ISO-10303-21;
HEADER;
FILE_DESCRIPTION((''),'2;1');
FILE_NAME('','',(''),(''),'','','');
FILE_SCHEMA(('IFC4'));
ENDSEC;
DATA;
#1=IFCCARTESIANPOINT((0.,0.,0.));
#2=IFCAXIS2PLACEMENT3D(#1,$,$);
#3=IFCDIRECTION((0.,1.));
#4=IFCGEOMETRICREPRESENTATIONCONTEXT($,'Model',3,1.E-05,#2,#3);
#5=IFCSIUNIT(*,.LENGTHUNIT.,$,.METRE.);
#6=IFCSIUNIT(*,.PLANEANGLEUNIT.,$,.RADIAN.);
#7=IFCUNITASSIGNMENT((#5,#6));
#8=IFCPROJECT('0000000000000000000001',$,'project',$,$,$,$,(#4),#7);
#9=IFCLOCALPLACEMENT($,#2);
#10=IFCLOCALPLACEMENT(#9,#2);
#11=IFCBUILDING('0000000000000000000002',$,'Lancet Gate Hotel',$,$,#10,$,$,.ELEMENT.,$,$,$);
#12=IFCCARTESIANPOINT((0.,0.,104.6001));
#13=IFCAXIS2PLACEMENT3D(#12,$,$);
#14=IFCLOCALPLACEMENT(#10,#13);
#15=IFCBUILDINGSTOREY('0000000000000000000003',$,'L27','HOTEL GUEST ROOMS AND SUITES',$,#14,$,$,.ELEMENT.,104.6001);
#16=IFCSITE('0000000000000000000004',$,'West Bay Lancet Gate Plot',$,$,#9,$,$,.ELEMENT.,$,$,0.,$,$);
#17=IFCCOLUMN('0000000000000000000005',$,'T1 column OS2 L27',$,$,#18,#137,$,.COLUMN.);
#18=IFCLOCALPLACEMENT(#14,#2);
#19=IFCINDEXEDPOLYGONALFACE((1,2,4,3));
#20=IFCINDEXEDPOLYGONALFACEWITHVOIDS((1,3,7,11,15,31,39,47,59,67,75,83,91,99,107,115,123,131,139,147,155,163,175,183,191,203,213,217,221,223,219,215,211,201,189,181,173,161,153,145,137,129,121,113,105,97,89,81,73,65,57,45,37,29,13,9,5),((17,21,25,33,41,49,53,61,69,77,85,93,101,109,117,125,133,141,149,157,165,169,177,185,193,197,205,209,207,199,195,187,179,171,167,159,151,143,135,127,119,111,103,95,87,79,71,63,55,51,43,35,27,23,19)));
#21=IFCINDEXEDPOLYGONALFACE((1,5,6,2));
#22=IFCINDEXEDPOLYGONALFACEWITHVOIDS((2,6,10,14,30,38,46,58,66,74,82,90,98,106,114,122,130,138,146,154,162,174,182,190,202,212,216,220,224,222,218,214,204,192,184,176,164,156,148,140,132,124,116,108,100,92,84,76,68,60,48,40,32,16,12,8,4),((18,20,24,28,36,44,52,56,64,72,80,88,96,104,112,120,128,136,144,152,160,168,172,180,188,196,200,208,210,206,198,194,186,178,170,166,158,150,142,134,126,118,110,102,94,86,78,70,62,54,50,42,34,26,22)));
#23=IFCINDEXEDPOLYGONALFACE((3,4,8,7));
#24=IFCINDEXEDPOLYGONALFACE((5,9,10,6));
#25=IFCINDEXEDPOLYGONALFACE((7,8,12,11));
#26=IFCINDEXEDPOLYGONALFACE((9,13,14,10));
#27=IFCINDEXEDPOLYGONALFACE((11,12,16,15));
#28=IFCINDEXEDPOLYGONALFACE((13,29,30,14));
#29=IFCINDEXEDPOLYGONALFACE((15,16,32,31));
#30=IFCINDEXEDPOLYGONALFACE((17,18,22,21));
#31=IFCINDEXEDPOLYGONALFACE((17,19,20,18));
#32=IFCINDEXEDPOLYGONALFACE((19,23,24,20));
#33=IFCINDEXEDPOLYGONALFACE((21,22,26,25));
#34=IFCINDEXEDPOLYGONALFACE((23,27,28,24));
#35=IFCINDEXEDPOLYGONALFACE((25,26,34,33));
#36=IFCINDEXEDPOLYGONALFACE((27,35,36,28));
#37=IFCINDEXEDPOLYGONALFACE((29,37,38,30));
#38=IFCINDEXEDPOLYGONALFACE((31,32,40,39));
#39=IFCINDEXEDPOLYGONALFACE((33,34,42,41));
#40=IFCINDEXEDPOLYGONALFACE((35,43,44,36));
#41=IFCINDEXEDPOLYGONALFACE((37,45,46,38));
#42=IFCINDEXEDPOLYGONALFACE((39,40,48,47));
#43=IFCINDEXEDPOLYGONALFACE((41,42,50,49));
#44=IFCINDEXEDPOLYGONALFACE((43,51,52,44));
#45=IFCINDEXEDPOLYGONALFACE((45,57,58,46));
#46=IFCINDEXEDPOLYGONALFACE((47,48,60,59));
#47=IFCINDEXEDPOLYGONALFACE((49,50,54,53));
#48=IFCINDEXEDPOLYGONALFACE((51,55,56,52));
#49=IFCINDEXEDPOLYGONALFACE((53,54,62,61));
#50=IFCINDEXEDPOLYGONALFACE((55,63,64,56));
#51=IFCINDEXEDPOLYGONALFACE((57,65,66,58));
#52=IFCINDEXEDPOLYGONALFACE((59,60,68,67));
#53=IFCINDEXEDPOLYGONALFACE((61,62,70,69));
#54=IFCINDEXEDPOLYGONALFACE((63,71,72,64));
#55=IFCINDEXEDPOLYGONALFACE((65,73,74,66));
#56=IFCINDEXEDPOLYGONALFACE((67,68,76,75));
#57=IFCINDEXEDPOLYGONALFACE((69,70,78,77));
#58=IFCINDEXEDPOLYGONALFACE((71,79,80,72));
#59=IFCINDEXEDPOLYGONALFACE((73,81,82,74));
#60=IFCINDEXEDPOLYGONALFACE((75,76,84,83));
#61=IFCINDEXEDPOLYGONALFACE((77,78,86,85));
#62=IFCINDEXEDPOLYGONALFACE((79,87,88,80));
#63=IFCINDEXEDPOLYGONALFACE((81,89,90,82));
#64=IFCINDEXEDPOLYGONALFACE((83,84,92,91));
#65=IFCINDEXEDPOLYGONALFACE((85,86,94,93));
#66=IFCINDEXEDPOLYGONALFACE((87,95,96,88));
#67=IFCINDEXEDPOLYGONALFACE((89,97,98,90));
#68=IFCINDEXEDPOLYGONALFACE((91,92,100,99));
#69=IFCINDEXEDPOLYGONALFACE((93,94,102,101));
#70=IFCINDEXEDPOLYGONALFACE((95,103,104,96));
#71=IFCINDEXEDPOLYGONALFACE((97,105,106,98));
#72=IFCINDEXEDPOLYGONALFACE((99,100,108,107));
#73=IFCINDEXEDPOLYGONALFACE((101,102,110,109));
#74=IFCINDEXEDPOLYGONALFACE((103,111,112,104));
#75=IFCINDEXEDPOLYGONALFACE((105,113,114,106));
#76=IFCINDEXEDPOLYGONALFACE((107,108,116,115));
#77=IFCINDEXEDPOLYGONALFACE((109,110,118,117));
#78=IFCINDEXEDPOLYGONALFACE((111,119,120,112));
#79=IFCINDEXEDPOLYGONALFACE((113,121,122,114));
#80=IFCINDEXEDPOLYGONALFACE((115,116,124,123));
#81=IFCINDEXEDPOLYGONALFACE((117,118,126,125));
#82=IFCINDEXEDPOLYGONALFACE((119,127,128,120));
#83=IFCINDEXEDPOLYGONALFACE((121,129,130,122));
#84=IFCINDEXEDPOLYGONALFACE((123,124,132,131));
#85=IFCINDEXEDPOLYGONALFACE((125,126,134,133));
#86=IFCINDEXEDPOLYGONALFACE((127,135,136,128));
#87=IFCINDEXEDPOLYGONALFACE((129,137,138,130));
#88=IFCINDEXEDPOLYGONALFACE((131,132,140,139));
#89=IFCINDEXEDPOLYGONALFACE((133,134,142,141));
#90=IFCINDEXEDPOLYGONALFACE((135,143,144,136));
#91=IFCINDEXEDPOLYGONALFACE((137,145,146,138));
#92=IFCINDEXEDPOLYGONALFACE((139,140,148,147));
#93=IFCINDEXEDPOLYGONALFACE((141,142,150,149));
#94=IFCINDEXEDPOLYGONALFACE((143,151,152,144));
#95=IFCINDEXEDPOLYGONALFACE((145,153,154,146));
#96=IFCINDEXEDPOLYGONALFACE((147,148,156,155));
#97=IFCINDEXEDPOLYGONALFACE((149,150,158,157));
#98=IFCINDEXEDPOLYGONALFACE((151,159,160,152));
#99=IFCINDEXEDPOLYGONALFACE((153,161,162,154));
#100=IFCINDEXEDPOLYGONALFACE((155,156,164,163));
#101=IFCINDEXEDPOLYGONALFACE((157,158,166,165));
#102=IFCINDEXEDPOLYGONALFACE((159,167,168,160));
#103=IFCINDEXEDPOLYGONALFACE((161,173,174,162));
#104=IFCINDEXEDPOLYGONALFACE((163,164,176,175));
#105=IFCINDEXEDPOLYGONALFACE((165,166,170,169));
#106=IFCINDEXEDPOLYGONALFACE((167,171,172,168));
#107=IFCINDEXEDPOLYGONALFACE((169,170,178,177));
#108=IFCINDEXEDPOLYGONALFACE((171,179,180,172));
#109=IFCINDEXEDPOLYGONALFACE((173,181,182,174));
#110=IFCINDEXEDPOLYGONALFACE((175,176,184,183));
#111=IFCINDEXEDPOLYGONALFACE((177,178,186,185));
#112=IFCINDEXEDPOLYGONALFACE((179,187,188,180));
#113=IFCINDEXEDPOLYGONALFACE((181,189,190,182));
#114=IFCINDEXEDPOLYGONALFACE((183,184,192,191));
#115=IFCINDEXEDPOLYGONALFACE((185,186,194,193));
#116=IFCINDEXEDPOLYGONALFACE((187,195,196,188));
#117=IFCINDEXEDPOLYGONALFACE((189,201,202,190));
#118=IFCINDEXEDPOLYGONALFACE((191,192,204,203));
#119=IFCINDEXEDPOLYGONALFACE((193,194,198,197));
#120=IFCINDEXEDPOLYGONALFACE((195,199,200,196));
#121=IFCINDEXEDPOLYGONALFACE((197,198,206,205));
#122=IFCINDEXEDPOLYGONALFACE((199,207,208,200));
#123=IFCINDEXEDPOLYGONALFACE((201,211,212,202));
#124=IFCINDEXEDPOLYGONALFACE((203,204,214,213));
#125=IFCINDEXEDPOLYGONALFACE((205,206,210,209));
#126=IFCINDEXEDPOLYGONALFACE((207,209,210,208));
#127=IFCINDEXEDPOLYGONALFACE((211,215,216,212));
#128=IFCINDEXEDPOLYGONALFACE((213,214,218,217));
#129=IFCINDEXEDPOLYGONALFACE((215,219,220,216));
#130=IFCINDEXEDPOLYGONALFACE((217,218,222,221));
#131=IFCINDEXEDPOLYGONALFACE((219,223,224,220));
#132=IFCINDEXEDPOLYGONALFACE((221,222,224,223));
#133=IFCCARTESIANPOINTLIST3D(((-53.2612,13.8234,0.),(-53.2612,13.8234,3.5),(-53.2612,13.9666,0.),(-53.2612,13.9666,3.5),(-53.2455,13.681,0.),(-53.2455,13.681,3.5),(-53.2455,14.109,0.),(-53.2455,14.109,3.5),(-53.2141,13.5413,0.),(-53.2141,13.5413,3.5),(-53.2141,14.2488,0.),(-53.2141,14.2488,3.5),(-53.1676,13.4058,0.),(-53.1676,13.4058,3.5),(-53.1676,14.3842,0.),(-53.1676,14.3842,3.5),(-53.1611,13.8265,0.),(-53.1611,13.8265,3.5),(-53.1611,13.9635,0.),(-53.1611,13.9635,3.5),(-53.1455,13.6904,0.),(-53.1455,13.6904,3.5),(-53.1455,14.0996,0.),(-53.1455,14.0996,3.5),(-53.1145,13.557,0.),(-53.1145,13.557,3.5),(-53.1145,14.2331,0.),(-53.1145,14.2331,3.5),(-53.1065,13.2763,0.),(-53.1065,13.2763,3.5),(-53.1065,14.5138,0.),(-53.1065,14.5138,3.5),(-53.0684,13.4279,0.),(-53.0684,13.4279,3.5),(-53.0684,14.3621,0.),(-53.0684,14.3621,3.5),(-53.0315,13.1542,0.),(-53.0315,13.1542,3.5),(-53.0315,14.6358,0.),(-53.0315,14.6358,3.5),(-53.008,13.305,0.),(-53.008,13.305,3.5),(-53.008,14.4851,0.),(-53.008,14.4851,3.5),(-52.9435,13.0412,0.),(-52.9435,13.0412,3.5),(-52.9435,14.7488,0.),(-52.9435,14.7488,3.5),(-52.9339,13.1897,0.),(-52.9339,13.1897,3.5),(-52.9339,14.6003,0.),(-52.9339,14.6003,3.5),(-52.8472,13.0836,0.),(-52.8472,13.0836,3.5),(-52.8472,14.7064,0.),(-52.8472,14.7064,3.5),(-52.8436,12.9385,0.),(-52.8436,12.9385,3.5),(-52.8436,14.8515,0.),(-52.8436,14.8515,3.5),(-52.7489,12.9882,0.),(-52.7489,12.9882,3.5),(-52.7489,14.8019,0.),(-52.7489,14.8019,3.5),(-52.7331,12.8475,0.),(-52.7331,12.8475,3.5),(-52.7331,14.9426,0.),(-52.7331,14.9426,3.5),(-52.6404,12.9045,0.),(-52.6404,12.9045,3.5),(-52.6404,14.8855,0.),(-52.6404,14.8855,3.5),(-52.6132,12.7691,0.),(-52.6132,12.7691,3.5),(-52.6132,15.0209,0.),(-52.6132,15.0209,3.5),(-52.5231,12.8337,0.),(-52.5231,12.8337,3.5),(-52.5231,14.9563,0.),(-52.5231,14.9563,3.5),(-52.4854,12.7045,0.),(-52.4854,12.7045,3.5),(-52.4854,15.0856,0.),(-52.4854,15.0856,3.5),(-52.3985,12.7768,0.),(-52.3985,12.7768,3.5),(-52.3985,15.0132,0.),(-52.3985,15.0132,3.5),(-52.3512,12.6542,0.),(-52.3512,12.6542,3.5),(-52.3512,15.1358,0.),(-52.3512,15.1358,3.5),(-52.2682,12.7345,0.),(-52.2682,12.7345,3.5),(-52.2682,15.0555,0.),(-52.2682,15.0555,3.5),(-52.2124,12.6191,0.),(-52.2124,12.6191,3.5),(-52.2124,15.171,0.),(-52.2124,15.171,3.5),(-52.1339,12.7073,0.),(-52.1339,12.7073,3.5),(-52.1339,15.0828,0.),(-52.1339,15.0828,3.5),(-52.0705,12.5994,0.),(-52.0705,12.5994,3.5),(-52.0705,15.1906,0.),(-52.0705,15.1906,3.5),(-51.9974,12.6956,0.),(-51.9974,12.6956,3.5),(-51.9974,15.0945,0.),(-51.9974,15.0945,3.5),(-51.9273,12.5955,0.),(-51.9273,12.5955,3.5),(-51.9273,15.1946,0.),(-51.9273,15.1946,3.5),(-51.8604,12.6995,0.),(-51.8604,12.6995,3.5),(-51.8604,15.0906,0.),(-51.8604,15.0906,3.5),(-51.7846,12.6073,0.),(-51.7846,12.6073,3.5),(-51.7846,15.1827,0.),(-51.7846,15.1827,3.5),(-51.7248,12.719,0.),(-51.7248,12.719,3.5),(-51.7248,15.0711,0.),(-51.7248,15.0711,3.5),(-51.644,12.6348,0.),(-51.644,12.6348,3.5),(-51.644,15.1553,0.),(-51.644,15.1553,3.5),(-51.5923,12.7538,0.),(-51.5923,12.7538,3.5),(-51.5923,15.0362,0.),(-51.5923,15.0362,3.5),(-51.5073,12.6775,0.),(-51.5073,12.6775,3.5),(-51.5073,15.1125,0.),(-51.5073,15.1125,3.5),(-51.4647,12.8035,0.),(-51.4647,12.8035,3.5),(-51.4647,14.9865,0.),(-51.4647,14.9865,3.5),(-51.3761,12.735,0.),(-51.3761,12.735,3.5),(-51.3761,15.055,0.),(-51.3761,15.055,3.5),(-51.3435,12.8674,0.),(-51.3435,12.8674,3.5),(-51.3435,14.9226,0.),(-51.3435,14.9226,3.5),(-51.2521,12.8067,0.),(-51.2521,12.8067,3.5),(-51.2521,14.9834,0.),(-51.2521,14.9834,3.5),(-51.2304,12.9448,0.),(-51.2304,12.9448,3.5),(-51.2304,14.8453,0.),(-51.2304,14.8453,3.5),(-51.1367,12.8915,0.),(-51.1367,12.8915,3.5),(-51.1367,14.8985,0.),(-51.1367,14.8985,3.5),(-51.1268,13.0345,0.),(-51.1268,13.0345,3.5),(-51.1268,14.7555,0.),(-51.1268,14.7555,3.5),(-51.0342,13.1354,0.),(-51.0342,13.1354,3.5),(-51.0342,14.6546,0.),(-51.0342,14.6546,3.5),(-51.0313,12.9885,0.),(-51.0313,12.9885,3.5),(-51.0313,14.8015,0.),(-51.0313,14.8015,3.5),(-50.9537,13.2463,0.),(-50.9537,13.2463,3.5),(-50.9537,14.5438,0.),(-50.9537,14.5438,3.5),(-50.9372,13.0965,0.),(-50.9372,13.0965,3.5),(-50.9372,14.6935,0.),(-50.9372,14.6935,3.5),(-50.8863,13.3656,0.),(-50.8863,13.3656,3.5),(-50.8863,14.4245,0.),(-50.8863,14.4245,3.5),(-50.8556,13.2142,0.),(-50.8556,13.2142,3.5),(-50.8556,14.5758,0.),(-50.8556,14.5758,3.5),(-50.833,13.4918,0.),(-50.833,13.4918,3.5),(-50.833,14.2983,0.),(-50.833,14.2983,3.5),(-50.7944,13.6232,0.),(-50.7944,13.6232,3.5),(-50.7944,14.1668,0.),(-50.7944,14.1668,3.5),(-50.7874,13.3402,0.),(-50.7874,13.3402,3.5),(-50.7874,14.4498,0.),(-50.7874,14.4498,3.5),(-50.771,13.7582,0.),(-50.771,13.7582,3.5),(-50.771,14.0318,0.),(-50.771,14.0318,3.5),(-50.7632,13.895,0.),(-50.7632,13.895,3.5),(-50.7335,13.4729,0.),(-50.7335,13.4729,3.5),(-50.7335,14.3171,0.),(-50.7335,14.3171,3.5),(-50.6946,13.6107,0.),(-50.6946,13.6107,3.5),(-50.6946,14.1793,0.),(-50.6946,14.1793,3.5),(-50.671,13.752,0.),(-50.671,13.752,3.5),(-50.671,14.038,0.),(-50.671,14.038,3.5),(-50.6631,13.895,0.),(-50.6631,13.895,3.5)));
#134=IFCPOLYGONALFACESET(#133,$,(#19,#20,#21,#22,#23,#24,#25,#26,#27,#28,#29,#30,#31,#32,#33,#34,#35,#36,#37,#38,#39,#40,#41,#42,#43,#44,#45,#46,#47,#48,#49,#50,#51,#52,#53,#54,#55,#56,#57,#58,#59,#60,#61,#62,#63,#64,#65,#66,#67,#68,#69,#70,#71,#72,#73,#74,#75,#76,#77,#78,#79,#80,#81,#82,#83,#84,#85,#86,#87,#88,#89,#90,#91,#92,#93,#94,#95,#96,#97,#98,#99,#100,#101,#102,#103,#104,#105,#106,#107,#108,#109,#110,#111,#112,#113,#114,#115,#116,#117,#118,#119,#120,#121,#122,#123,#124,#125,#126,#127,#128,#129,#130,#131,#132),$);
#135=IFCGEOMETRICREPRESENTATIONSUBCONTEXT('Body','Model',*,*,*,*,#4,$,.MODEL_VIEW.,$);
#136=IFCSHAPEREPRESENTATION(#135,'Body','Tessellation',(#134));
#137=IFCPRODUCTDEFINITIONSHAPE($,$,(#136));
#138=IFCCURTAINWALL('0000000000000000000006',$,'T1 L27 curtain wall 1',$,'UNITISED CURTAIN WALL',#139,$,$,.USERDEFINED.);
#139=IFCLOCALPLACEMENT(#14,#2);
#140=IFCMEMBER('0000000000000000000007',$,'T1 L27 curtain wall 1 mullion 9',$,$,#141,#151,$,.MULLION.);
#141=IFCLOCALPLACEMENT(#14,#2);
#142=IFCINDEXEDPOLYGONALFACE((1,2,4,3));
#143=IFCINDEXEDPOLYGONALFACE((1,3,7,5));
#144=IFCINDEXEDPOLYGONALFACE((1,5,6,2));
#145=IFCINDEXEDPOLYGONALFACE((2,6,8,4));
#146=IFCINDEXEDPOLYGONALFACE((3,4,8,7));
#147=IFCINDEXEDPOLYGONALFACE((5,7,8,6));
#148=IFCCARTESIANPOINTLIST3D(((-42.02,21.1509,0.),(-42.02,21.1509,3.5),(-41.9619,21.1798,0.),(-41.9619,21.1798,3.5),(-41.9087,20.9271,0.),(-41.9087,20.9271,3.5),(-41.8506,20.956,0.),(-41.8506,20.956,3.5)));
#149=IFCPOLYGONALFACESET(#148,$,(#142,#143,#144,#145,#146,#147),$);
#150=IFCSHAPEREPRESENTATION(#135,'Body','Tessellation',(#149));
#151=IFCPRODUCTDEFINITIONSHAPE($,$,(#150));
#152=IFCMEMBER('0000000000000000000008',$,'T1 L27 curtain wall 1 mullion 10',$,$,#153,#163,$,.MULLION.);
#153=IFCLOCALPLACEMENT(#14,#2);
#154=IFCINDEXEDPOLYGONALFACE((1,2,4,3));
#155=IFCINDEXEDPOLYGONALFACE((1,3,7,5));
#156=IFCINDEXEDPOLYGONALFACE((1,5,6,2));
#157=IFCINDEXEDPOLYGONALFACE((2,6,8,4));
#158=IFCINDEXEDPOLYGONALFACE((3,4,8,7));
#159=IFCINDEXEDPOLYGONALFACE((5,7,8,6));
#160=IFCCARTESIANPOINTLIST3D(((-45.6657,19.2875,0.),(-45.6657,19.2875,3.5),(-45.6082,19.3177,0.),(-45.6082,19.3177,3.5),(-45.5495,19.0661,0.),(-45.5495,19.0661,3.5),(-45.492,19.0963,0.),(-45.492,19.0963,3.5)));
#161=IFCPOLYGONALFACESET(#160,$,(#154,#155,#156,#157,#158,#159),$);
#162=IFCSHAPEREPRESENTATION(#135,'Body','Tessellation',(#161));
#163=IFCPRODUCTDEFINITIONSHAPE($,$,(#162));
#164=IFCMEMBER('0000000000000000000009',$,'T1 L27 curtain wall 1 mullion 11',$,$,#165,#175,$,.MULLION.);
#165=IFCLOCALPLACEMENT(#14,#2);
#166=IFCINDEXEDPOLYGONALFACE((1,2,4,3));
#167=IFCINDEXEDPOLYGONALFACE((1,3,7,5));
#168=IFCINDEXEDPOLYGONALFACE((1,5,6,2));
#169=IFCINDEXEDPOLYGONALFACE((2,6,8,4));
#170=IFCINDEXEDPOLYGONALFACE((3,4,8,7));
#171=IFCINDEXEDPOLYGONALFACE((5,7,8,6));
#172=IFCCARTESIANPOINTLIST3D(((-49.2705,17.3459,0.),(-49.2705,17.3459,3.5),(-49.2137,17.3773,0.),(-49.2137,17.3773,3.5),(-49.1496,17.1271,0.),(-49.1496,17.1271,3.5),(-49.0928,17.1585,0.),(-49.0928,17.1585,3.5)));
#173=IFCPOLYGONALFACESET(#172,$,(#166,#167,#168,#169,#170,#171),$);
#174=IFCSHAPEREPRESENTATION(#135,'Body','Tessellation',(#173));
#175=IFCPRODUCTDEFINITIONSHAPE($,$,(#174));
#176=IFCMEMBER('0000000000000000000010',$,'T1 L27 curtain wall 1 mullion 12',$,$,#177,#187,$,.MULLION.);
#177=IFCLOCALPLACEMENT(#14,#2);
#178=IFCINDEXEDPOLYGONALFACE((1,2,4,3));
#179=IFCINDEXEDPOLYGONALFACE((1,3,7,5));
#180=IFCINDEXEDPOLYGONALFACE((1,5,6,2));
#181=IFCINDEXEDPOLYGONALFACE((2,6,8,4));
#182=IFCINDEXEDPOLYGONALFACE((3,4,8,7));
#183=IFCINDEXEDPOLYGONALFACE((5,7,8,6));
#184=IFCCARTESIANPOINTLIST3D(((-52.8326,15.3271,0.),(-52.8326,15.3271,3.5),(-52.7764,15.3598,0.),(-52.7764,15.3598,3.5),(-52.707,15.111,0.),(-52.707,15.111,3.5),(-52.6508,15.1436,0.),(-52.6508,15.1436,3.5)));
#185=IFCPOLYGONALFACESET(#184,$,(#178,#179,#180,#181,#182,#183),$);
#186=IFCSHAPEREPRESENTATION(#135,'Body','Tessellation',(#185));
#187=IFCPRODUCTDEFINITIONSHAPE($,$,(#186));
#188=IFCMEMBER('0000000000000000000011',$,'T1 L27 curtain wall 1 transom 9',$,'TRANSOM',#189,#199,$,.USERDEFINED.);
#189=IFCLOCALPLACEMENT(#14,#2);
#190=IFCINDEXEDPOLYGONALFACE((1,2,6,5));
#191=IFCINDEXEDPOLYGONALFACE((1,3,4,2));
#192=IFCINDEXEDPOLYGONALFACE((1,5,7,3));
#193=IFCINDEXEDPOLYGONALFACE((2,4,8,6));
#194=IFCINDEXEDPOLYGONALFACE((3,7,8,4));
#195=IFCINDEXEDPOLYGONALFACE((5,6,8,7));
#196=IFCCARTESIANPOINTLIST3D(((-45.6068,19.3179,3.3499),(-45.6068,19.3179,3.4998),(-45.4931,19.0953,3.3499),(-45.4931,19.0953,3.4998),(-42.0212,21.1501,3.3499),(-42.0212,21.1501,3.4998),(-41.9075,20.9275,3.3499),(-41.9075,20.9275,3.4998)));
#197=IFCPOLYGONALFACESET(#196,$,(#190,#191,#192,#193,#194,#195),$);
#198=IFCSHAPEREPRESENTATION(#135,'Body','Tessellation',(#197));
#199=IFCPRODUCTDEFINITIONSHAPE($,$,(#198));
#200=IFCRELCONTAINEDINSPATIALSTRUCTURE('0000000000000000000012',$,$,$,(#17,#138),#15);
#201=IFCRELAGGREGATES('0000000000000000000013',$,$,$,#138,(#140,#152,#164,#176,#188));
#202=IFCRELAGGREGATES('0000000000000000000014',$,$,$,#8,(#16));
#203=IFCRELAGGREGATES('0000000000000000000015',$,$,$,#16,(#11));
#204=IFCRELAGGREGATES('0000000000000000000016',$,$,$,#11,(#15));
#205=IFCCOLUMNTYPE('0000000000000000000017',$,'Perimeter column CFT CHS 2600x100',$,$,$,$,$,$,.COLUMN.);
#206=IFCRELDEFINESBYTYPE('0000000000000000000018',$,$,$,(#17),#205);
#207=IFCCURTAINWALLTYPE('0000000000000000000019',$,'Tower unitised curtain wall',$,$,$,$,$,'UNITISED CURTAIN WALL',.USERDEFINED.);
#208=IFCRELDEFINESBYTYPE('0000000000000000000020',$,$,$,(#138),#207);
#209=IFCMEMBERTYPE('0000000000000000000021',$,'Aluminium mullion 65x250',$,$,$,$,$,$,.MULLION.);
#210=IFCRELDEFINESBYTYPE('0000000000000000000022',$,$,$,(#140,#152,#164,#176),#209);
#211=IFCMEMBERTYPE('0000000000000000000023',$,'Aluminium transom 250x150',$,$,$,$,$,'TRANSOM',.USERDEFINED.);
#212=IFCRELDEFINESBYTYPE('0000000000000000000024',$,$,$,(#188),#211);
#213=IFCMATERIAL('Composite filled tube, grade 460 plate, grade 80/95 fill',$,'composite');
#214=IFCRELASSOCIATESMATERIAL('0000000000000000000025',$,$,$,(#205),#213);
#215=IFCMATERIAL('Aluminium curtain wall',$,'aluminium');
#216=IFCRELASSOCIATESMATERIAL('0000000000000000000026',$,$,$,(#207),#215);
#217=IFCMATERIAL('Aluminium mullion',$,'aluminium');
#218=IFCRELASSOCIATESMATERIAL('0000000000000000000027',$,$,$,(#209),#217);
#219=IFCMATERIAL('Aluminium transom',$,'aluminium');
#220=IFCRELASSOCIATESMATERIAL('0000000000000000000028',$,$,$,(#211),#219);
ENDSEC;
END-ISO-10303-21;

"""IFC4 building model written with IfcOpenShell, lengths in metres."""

from ifc_helpers import new_model, si_unit, direction, frame, origin, origin_2d, place, context, subcontext, project, spatial, rectangle, hollow_circle, extrude, material, material_profile, profile_set, type_object, element, aggregate, save


model = new_model("IFC4")

# Units and contexts
model_context = context("Model", 3, precision=1e-05, world=origin(), true_north=direction((0.0, 1.0)))
body_context = subcontext(model_context, "Body", "Model", "MODEL_VIEW")
ifc_project = project(units=[si_unit("LENGTHUNIT", "METRE"), si_unit("PLANEANGLEUNIT", "RADIAN")], contexts=[model_context])

# Site, building, storey
site_placement = place(None, origin())
site = spatial("IfcSite", under=ifc_project, at=site_placement, Name="West Bay Lancet Gate Plot", CompositionType="ELEMENT", RefElevation=0.0)
building_placement = place(site_placement, origin())
building = spatial("IfcBuilding", under=site, at=building_placement, Name="Lancet Gate Hotel", CompositionType="ELEMENT")
storey_placement = place(building_placement, frame((0.0, 0.0, 104.6001)))
storey = spatial("IfcBuildingStorey", under=building, at=storey_placement, Name="L27", Description="HOTEL GUEST ROOMS AND SUITES", CompositionType="ELEMENT", Elevation=104.6001)

# Column
ifc_material_1 = material(Name="Composite filled tube, grade 460 plate, grade 80/95 fill", Category="composite")
ifc_material_profile_1 = material_profile(ifc_material_1, hollow_circle(Radius=1.3, WallThickness=0.1001, at=origin_2d()), Name="CHS 2600x100")
ifc_profile_set_1 = profile_set([ifc_material_profile_1], Name="Composite filled tube, grade 460 plate, grade 80/95 fill")
column_type = type_object("IfcColumnType", Name="Perimeter column CFT CHS 2600x100", PredefinedType="COLUMN", material=ifc_profile_set_1)
for number, where, z_axis, x_axis, name in (
    (1, (-51.9631, 13.895, 0.0), (0.0, 0.0, 1.0), (1.0, 0.0, 0.0), "T1 column OS2 L27"),
):
    element("IfcColumn", number, at=place(storey_placement, frame(where, z_axis=z_axis, x_axis=x_axis)), inside=storey, type_object=column_type, Name=name, PredefinedType="COLUMN", context=body_context, shape_type="SweptSolid", body=[
        extrude(hollow_circle(Radius=1.3, WallThickness=0.1001, at=origin_2d()), origin(), (0.0, 0.0, 1.0), 3.5),
    ])

# Curtain wall, members
ifc_material_2 = material(Name="Aluminium curtain wall", Category="aluminium")
curtain_wall_type = type_object("IfcCurtainWallType", Name="Tower unitised curtain wall", ElementType="UNITISED CURTAIN WALL", PredefinedType="USERDEFINED", material=ifc_material_2)
curtain_wall_placement = place(storey_placement, origin())
curtain_wall = element("IfcCurtainWall", 2, at=curtain_wall_placement, inside=storey, type_object=curtain_wall_type, Name="T1 L27 curtain wall 1", ObjectType="UNITISED CURTAIN WALL", PredefinedType="USERDEFINED")
ifc_material_3 = material(Name="Aluminium mullion", Category="aluminium")
ifc_material_profile_2 = material_profile(ifc_material_3, rectangle(XDim=0.0649, YDim=0.25, at=origin_2d()), Name="MULLION 65x250")
ifc_profile_set_2 = profile_set([ifc_material_profile_2], Name="Aluminium mullion")
member_type_1 = type_object("IfcMemberType", Name="Aluminium mullion 65x250", PredefinedType="MULLION", material=ifc_profile_set_2)
member_1_placement = place(storey_placement, frame((-41.9353, 21.0535, 0.0), z_axis=(0.0, 0.0, 1.0), x_axis=(-0.895339, -0.445384, 0.0)))
member_1 = element("IfcMember", 3, at=member_1_placement, type_object=member_type_1, Name="T1 L27 curtain wall 1 mullion 9", PredefinedType="MULLION", context=body_context, shape_type="SweptSolid", body=[
    extrude(rectangle(XDim=0.0649, YDim=0.25, at=origin_2d()), origin(), (0.0, 0.0, 1.0), 3.5),
])
member_2_placement = place(storey_placement, frame((-45.5789, 19.1919, 0.0), z_axis=(0.0, 0.0, 1.0), x_axis=(-0.885544, -0.464555, 0.0)))
member_2 = element("IfcMember", 4, at=member_2_placement, type_object=member_type_1, Name="T1 L27 curtain wall 1 mullion 10", PredefinedType="MULLION", context=body_context, shape_type="SweptSolid", body=[
    extrude(rectangle(XDim=0.0649, YDim=0.25, at=origin_2d()), origin(), (0.0, 0.0, 1.0), 3.5),
])
member_3_placement = place(storey_placement, frame((-49.1816, 17.2522, 0.0), z_axis=(0.0, 0.0, 1.0), x_axis=(-0.875339, -0.48351, 0.0)))
member_3 = element("IfcMember", 5, at=member_3_placement, type_object=member_type_1, Name="T1 L27 curtain wall 1 mullion 11", PredefinedType="MULLION", context=body_context, shape_type="SweptSolid", body=[
    extrude(rectangle(XDim=0.0649, YDim=0.25, at=origin_2d()), origin(), (0.0, 0.0, 1.0), 3.5),
])
member_4_placement = place(storey_placement, frame((-52.7417, 15.2354, 0.0), z_axis=(0.0, 0.0, 1.0), x_axis=(-0.864728, -0.502241, 0.0)))
member_4 = element("IfcMember", 6, at=member_4_placement, type_object=member_type_1, Name="T1 L27 curtain wall 1 mullion 12", PredefinedType="MULLION", context=body_context, shape_type="SweptSolid", body=[
    extrude(rectangle(XDim=0.0649, YDim=0.25, at=origin_2d()), origin(), (0.0, 0.0, 1.0), 3.5),
])
ifc_material_4 = material(Name="Aluminium transom", Category="aluminium")
ifc_material_profile_3 = material_profile(ifc_material_4, rectangle(XDim=0.25, YDim=0.1499, at=origin_2d()), Name="TRANSOM 250x150")
ifc_profile_set_3 = profile_set([ifc_material_profile_3], Name="Aluminium transom")
member_type_2 = type_object("IfcMemberType", Name="Aluminium transom 250x150", ElementType="TRANSOM", PredefinedType="USERDEFINED", material=ifc_profile_set_3)
member_5_placement = place(storey_placement, frame((-41.9644, 21.0388, 3.4248), z_axis=(-0.890476, -0.45503, 0.0), x_axis=(0.45503, -0.890476, 0.0)))
member_5 = element("IfcMember", 7, at=member_5_placement, type_object=member_type_2, Name="T1 L27 curtain wall 1 transom 9", ObjectType="TRANSOM", PredefinedType="USERDEFINED", context=body_context, shape_type="SweptSolid", body=[
    extrude(rectangle(XDim=0.25, YDim=0.1499, at=origin_2d()), origin(), (0.0, 0.0, 1.0), 4.0266),
])

aggregate(curtain_wall, [member_1, member_2, member_3, member_4, member_5])

save(model, "model.ifc")
